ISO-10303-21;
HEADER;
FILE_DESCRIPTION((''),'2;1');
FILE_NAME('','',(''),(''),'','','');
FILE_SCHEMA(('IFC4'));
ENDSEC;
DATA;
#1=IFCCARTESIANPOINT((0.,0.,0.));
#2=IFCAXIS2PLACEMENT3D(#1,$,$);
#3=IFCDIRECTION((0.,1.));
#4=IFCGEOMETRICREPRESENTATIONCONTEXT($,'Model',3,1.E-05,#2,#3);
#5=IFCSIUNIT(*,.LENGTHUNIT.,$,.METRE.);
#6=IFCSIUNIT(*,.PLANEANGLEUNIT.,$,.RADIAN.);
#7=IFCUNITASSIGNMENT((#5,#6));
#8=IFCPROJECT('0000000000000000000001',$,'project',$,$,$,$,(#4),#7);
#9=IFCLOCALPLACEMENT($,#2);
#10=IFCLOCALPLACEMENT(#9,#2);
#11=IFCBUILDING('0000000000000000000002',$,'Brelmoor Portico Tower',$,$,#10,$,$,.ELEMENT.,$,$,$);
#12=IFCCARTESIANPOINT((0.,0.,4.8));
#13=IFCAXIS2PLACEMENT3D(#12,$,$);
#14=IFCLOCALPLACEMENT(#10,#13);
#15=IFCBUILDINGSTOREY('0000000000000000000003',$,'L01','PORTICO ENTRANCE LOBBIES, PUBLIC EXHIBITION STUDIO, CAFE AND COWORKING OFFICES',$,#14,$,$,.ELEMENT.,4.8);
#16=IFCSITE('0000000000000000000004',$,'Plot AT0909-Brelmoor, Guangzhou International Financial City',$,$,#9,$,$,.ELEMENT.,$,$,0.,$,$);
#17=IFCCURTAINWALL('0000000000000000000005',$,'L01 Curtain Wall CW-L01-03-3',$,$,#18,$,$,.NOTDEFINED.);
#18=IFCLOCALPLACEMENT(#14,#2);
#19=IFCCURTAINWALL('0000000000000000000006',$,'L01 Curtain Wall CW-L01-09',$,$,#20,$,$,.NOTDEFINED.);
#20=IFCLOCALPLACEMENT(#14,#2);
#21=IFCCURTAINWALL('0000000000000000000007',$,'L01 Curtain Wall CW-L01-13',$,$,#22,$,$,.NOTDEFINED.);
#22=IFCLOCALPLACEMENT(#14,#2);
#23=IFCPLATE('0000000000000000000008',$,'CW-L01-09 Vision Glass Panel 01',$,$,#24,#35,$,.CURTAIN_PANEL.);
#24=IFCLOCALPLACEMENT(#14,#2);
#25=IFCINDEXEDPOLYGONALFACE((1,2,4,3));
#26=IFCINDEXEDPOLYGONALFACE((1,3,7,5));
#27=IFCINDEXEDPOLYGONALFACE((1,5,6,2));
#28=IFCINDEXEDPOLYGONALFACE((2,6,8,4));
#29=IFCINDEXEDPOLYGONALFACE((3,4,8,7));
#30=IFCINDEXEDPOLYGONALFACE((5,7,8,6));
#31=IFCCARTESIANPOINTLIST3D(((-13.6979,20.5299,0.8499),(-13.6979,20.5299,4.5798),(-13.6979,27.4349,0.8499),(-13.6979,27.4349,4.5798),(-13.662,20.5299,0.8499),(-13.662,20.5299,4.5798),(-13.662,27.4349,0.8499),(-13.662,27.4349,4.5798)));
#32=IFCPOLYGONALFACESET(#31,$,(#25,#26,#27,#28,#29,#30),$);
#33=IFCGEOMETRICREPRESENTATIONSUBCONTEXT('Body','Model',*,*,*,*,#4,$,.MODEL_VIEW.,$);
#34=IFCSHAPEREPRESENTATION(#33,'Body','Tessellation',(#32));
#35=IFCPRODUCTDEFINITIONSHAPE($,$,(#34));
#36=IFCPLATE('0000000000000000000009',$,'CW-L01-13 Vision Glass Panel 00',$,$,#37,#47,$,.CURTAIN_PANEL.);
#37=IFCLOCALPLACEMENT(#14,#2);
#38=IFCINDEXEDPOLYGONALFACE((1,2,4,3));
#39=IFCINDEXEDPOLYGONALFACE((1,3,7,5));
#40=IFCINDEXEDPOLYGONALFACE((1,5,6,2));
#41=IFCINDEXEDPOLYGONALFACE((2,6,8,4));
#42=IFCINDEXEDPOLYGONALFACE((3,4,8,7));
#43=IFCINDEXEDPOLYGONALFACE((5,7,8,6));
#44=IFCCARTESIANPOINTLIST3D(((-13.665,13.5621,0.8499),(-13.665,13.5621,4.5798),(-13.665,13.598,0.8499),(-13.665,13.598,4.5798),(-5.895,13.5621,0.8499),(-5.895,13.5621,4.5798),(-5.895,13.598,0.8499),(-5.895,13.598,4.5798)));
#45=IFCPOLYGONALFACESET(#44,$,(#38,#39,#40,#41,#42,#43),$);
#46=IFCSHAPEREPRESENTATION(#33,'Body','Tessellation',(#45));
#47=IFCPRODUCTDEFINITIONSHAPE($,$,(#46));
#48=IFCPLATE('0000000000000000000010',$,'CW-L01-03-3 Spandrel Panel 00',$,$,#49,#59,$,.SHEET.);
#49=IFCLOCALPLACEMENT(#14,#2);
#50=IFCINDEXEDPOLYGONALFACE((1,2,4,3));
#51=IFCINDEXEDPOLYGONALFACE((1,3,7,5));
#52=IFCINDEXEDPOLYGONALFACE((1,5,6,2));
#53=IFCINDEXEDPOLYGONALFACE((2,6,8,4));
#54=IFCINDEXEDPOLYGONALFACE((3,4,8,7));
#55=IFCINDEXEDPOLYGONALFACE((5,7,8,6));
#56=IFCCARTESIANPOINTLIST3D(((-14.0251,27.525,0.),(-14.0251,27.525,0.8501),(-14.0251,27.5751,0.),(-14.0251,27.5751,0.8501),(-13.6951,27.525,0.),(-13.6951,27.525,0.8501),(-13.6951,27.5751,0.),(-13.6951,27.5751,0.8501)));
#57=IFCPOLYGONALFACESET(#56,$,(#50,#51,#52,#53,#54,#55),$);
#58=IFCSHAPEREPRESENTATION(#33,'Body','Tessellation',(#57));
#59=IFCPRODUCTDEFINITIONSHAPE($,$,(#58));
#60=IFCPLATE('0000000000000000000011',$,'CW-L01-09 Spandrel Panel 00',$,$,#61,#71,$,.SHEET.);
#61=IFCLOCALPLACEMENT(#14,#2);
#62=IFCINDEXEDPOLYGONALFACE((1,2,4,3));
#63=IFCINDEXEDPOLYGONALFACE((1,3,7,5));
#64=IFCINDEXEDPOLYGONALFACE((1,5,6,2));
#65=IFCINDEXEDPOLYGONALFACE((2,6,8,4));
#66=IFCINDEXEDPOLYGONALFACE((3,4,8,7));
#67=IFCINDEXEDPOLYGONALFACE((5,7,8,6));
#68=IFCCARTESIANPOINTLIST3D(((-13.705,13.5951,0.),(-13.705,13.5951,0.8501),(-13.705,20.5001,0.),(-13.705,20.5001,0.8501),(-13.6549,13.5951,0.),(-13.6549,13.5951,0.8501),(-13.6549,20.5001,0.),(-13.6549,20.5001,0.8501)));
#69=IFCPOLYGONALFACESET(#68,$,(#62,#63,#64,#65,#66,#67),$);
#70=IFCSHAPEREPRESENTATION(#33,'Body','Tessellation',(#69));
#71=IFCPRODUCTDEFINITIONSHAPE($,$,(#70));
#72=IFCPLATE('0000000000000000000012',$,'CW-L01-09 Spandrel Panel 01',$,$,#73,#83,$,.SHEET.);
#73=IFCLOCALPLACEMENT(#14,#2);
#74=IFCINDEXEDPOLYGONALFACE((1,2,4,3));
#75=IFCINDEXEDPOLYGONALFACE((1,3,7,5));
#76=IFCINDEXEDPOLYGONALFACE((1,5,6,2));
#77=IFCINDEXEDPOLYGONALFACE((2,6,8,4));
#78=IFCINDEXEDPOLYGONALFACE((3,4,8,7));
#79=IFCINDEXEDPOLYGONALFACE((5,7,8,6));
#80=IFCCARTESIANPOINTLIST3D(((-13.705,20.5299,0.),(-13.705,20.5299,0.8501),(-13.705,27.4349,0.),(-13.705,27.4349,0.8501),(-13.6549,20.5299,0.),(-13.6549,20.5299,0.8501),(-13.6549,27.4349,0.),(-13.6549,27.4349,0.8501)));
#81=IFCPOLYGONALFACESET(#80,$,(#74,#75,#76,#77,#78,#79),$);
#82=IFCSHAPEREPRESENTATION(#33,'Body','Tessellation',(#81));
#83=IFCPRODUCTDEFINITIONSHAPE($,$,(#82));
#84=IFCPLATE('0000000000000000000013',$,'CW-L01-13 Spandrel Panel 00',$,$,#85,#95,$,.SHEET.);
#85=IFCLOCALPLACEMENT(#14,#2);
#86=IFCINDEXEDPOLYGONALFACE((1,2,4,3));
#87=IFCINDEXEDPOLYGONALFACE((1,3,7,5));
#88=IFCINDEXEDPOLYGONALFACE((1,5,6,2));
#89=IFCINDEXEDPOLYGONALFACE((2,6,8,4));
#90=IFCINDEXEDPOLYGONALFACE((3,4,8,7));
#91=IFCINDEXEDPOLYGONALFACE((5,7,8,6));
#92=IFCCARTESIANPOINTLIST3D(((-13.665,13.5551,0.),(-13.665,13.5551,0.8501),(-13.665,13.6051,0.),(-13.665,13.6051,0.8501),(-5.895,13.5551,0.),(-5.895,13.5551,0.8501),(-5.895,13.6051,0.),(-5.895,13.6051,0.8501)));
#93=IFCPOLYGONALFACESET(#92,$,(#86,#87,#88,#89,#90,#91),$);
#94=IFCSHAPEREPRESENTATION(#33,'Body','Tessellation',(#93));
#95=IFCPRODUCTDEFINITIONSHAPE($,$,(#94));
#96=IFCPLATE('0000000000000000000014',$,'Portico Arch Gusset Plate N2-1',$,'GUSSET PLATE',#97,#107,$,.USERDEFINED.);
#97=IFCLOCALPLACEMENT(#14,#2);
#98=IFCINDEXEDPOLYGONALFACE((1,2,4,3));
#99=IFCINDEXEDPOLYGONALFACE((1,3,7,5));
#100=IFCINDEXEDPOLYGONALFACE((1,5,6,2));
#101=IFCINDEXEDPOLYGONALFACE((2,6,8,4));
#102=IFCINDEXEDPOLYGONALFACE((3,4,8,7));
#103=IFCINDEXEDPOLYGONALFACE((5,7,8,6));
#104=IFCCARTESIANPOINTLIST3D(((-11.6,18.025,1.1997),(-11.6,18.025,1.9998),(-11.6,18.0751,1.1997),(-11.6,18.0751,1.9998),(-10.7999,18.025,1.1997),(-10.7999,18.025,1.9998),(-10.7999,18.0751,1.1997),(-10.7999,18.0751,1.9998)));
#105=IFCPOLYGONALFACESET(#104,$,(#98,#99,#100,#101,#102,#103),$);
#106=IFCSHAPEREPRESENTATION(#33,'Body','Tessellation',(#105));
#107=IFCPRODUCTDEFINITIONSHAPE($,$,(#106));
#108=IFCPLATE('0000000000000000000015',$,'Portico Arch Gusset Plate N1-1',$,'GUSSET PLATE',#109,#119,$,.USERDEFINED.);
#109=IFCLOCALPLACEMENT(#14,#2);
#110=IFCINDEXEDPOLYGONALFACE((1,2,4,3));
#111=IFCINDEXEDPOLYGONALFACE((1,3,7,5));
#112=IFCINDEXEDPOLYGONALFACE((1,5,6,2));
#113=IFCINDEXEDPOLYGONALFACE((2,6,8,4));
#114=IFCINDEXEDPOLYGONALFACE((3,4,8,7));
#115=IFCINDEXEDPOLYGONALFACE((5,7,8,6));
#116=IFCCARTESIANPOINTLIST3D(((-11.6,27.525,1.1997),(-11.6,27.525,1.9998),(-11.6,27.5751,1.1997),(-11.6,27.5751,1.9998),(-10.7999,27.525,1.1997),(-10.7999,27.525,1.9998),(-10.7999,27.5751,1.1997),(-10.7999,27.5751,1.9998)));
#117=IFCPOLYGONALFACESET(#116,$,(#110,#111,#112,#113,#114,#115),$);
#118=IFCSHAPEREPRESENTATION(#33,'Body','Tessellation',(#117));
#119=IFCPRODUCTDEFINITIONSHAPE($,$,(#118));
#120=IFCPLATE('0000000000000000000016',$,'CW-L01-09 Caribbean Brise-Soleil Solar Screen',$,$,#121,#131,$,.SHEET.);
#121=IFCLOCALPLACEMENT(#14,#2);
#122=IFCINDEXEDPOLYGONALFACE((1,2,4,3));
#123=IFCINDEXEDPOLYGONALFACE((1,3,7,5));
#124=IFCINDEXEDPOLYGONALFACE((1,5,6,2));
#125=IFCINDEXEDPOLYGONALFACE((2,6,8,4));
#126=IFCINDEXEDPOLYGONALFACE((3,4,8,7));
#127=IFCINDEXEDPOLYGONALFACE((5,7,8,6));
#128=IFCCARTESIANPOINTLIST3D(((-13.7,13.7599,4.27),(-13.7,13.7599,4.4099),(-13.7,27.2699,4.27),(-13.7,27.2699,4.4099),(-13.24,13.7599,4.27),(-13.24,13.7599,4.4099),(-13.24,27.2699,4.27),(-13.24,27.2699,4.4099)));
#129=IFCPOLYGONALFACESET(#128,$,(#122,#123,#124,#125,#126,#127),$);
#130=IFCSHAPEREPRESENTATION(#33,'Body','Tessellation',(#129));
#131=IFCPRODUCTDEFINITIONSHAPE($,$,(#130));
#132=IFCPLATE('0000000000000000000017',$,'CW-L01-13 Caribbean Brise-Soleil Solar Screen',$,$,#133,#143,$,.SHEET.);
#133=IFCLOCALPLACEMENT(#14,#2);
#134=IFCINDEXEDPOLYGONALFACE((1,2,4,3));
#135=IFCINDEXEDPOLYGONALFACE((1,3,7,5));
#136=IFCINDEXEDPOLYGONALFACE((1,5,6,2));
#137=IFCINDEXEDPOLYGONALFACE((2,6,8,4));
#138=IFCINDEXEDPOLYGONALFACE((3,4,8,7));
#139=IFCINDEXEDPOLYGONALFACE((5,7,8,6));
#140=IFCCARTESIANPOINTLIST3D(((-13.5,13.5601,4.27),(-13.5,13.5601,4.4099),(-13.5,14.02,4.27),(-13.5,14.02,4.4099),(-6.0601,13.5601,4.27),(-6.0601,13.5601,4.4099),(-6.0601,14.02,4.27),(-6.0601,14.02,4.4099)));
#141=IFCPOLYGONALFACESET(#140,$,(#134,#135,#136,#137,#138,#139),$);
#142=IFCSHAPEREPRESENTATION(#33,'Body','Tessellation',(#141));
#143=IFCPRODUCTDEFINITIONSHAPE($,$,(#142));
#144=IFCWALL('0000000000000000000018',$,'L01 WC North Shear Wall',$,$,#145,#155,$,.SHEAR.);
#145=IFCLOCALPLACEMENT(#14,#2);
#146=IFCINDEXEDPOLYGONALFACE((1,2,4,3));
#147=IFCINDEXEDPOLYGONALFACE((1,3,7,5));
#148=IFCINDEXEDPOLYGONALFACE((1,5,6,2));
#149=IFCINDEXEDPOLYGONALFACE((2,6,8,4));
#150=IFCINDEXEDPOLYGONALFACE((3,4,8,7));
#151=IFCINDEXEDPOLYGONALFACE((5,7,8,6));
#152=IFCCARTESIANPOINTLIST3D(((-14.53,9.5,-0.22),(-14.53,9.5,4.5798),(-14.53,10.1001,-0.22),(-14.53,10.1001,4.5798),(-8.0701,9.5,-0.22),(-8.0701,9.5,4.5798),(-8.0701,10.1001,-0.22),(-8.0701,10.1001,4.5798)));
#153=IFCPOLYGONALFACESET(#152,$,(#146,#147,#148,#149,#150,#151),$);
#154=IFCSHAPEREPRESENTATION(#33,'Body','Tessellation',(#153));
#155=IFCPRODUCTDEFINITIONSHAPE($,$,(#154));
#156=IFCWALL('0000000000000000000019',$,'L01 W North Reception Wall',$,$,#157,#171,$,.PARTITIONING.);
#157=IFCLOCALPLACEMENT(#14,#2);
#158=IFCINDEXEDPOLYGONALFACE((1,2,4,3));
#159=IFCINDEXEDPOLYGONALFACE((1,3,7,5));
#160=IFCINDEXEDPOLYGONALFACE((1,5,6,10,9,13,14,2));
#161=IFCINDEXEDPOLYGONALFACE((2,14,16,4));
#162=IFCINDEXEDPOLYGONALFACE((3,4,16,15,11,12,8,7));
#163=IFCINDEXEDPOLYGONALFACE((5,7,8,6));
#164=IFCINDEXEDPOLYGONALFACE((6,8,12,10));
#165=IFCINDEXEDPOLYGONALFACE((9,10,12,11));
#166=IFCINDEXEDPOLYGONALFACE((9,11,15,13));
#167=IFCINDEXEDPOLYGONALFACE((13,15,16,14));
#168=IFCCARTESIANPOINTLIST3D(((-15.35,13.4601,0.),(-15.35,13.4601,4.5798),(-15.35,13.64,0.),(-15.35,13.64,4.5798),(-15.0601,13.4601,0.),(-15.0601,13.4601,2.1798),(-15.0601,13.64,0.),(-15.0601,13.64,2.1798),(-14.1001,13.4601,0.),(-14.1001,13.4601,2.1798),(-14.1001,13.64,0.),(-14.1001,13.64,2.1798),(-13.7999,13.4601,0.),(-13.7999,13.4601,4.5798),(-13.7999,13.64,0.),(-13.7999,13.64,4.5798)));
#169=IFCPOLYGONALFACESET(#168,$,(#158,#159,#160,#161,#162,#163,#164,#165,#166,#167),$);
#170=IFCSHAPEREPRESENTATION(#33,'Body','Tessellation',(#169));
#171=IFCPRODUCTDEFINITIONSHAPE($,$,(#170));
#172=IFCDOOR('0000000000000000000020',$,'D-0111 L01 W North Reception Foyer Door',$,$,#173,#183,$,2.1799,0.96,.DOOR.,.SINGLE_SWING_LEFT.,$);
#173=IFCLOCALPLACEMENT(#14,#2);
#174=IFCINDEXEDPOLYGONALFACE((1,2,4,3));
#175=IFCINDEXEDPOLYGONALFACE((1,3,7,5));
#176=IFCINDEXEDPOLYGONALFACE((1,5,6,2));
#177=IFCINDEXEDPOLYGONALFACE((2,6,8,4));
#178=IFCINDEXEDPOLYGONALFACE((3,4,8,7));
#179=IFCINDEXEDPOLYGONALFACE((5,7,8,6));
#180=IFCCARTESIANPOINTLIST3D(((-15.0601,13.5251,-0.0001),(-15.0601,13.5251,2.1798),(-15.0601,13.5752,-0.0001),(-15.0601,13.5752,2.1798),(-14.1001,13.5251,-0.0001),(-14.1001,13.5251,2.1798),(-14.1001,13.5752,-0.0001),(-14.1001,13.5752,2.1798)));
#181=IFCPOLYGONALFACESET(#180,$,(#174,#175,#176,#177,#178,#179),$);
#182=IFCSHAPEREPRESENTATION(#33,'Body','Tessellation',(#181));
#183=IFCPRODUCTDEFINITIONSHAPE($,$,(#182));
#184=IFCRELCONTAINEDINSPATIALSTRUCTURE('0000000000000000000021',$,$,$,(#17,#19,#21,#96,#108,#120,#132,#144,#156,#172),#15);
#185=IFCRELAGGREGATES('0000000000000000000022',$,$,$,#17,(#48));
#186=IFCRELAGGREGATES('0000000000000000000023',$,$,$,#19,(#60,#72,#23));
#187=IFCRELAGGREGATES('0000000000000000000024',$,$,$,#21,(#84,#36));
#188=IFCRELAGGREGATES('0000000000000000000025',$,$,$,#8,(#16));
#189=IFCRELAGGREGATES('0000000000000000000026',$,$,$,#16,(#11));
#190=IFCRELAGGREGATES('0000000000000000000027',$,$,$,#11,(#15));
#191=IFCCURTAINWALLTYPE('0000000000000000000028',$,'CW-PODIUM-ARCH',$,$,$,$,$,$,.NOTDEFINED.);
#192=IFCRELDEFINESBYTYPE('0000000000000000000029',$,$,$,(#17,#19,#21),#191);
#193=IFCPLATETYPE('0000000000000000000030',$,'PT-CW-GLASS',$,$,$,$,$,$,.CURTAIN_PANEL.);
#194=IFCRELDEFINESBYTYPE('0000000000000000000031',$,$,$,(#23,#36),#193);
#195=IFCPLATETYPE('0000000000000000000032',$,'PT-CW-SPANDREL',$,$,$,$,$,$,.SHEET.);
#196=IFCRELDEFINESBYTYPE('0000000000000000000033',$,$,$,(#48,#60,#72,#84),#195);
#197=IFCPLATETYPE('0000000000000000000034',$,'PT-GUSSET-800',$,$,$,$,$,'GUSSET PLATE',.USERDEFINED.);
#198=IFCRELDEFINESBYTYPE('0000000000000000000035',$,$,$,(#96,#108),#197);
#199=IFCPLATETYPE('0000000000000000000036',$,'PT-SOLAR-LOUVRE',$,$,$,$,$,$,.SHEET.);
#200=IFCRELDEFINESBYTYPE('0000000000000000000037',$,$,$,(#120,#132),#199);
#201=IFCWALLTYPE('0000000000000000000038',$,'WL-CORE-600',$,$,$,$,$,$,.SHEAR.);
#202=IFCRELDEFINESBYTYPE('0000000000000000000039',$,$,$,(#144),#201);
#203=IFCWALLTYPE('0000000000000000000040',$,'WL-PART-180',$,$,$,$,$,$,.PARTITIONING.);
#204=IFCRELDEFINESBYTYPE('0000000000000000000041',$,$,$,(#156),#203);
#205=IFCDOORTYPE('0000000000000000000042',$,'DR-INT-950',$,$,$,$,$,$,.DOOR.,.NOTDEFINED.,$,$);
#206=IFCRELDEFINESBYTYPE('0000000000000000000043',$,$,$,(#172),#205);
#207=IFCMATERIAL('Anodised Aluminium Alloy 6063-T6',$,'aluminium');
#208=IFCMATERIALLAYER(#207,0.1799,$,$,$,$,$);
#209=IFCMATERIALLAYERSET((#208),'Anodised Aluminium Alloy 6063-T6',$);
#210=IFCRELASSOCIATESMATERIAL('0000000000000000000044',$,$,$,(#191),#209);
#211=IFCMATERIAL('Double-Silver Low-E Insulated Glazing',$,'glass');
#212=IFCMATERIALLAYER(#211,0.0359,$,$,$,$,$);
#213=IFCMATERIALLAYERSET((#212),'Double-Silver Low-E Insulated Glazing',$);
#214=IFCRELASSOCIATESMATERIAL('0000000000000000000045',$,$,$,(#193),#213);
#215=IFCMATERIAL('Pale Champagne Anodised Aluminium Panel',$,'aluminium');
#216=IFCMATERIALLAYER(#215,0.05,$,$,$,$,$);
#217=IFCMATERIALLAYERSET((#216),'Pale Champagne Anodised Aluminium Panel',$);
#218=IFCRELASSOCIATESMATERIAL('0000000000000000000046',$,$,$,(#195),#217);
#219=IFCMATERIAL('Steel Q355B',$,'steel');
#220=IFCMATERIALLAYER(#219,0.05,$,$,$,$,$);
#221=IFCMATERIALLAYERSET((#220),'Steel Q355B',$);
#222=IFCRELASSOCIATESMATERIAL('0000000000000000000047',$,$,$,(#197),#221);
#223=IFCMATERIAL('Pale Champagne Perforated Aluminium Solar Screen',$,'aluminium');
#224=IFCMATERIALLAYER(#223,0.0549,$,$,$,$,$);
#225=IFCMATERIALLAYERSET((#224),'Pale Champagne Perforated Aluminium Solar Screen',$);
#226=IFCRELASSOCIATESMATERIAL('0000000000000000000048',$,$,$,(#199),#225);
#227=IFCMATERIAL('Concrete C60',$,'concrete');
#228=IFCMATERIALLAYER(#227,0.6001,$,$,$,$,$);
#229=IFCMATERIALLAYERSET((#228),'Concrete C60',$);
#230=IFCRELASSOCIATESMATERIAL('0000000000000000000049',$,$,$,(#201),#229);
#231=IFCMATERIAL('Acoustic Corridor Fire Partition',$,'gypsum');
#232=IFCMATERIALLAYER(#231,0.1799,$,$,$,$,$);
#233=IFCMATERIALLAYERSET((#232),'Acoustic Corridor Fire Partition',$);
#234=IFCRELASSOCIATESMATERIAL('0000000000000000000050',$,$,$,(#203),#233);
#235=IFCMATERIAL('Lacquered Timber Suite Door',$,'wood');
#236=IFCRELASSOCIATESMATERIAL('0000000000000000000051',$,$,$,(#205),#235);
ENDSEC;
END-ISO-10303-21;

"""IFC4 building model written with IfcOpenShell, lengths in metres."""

from ifc_helpers import new_model, si_unit, direction, frame, frame_2d, origin, origin_2d, place, context, subcontext, project, spatial, rectangle, extrude, material, layer, layer_set, type_object, element, fill, aggregate, save


model = new_model("IFC4")

# Units and contexts
model_context = context("Model", 3, precision=1e-05, world=origin(), true_north=direction((0.0, 1.0)))
body_context = subcontext(model_context, "Body", "Model", "MODEL_VIEW")
ifc_project = project(units=[si_unit("LENGTHUNIT", "METRE"), si_unit("PLANEANGLEUNIT", "RADIAN")], contexts=[model_context])

# Site, building, storey
site_placement = place(None, origin())
site = spatial("IfcSite", under=ifc_project, at=site_placement, Name="Plot AT0909-Brelmoor, Guangzhou International Financial City", CompositionType="ELEMENT", RefElevation=0.0)
building_placement = place(site_placement, origin())
building = spatial("IfcBuilding", under=site, at=building_placement, Name="Brelmoor Portico Tower", CompositionType="ELEMENT")
storey_placement = place(building_placement, frame((0.0, 0.0, 4.8)))
storey = spatial("IfcBuildingStorey", under=building, at=storey_placement, Name="L01", Description="PORTICO ENTRANCE LOBBIES, PUBLIC EXHIBITION STUDIO, CAFE AND COWORKING OFFICES", CompositionType="ELEMENT", Elevation=4.8)

# Shared definitions
ifc_material_1 = material(Name="Steel Q355B", Category="steel")

# Curtain walls
ifc_material_2 = material(Name="Anodised Aluminium Alloy 6063-T6", Category="aluminium")
ifc_layer_1 = layer(ifc_material_2, 0.1799)
ifc_layer_set_1 = layer_set([ifc_layer_1], Name="Anodised Aluminium Alloy 6063-T6")
curtain_wall_type = type_object("IfcCurtainWallType", Name="CW-PODIUM-ARCH", PredefinedType="NOTDEFINED", material=ifc_layer_set_1)
curtain_wall_1_placement = place(storey_placement, origin())
curtain_wall_1 = element("IfcCurtainWall", 1, at=curtain_wall_1_placement, inside=storey, type_object=curtain_wall_type, Name="L01 Curtain Wall CW-L01-03-3", PredefinedType="NOTDEFINED")
curtain_wall_2_placement = place(storey_placement, origin())
curtain_wall_2 = element("IfcCurtainWall", 2, at=curtain_wall_2_placement, inside=storey, type_object=curtain_wall_type, Name="L01 Curtain Wall CW-L01-09", PredefinedType="NOTDEFINED")
curtain_wall_3_placement = place(storey_placement, origin())
curtain_wall_3 = element("IfcCurtainWall", 3, at=curtain_wall_3_placement, inside=storey, type_object=curtain_wall_type, Name="L01 Curtain Wall CW-L01-13", PredefinedType="NOTDEFINED")

# Plates
ifc_material_3 = material(Name="Double-Silver Low-E Insulated Glazing", Category="glass")
ifc_layer_2 = layer(ifc_material_3, 0.0359)
ifc_layer_set_2 = layer_set([ifc_layer_2], Name="Double-Silver Low-E Insulated Glazing")
plate_type_1 = type_object("IfcPlateType", Name="PT-CW-GLASS", PredefinedType="CURTAIN_PANEL", material=ifc_layer_set_2)
plate_1_placement = place(storey_placement, frame((-13.6799, 23.9824, 0.8499), z_axis=(0.0, 0.0, 1.0), x_axis=(0.0, 1.0, 0.0)))
plate_1 = element("IfcPlate", 4, at=plate_1_placement, type_object=plate_type_1, Name="CW-L01-09 Vision Glass Panel 01", PredefinedType="CURTAIN_PANEL", context=body_context, shape_type="SweptSolid", body=[
    extrude(rectangle(XDim=6.905, YDim=0.0359, at=origin_2d()), origin(), (0.0, 0.0, 1.0), 3.73),
])
plate_2_placement = place(storey_placement, frame((-9.78, 13.5801, 0.8499), z_axis=(0.0, 0.0, 1.0), x_axis=(1.0, 0.0, 0.0)))
plate_2 = element("IfcPlate", 5, at=plate_2_placement, type_object=plate_type_1, Name="CW-L01-13 Vision Glass Panel 00", PredefinedType="CURTAIN_PANEL", context=body_context, shape_type="SweptSolid", body=[
    extrude(rectangle(XDim=7.77, YDim=0.0359, at=origin_2d()), origin(), (0.0, 0.0, 1.0), 3.73),
])
ifc_material_4 = material(Name="Pale Champagne Anodised Aluminium Panel", Category="aluminium")
ifc_layer_3 = layer(ifc_material_4, 0.05)
ifc_layer_set_3 = layer_set([ifc_layer_3], Name="Pale Champagne Anodised Aluminium Panel")
plate_type_2 = type_object("IfcPlateType", Name="PT-CW-SPANDREL", PredefinedType="SHEET", material=ifc_layer_set_3)
plate_3_placement = place(storey_placement, frame((-13.8601, 27.55, 0.0), z_axis=(0.0, 0.0, 1.0), x_axis=(1.0, 0.0, 0.0)))
plate_3 = element("IfcPlate", 6, at=plate_3_placement, type_object=plate_type_2, Name="CW-L01-03-3 Spandrel Panel 00", PredefinedType="SHEET", context=body_context, shape_type="SweptSolid", body=[
    extrude(rectangle(XDim=0.3301, YDim=0.05, at=origin_2d()), origin(), (0.0, 0.0, 1.0), 0.8501),
])
aggregate(curtain_wall_1, [plate_3])
plate_4_placement = place(storey_placement, frame((-13.6799, 17.0476, 0.0), z_axis=(0.0, 0.0, 1.0), x_axis=(0.0, 1.0, 0.0)))
plate_4 = element("IfcPlate", 7, at=plate_4_placement, type_object=plate_type_2, Name="CW-L01-09 Spandrel Panel 00", PredefinedType="SHEET", context=body_context, shape_type="SweptSolid", body=[
    extrude(rectangle(XDim=6.905, YDim=0.05, at=origin_2d()), origin(), (0.0, 0.0, 1.0), 0.8501),
])
plate_5_placement = place(storey_placement, frame((-13.6799, 23.9824, 0.0), z_axis=(0.0, 0.0, 1.0), x_axis=(0.0, 1.0, 0.0)))
plate_5 = element("IfcPlate", 8, at=plate_5_placement, type_object=plate_type_2, Name="CW-L01-09 Spandrel Panel 01", PredefinedType="SHEET", context=body_context, shape_type="SweptSolid", body=[
    extrude(rectangle(XDim=6.905, YDim=0.05, at=origin_2d()), origin(), (0.0, 0.0, 1.0), 0.8501),
])
aggregate(curtain_wall_2, [plate_4, plate_5, plate_1])
plate_6_placement = place(storey_placement, frame((-9.78, 13.5801, 0.0), z_axis=(0.0, 0.0, 1.0), x_axis=(1.0, 0.0, 0.0)))
plate_6 = element("IfcPlate", 9, at=plate_6_placement, type_object=plate_type_2, Name="CW-L01-13 Spandrel Panel 00", PredefinedType="SHEET", context=body_context, shape_type="SweptSolid", body=[
    extrude(rectangle(XDim=7.77, YDim=0.05, at=origin_2d()), origin(), (0.0, 0.0, 1.0), 0.8501),
])
aggregate(curtain_wall_3, [plate_6, plate_2])

# Plates
ifc_layer_4 = layer(ifc_material_1, 0.05)
ifc_layer_set_4 = layer_set([ifc_layer_4], Name="Steel Q355B")
plate_type_3 = type_object("IfcPlateType", Name="PT-GUSSET-800", ElementType="GUSSET PLATE", PredefinedType="USERDEFINED", material=ifc_layer_set_4)
for number, where, z_axis, x_axis, name in (
    (10, (-11.2, 18.05, 1.1997), (0.0, 0.0, 1.0), (1.0, 0.0, 0.0), "Portico Arch Gusset Plate N2-1"),
    (11, (-11.2, 27.55, 1.1997), (0.0, 0.0, 1.0), (1.0, 0.0, 0.0), "Portico Arch Gusset Plate N1-1"),
):
    element("IfcPlate", number, at=place(storey_placement, frame(where, z_axis=z_axis, x_axis=x_axis)), inside=storey, type_object=plate_type_3, Name=name, ObjectType="GUSSET PLATE", PredefinedType="USERDEFINED", context=body_context, shape_type="SweptSolid", body=[
        extrude(rectangle(XDim=0.8, YDim=0.05, at=origin_2d()), origin(), (0.0, 0.0, 1.0), 0.8),
    ])
ifc_material_5 = material(Name="Pale Champagne Perforated Aluminium Solar Screen", Category="aluminium")
ifc_layer_5 = layer(ifc_material_5, 0.0549)
ifc_layer_set_5 = layer_set([ifc_layer_5], Name="Pale Champagne Perforated Aluminium Solar Screen")
plate_type_4 = type_object("IfcPlateType", Name="PT-SOLAR-LOUVRE", PredefinedType="SHEET", material=ifc_layer_set_5)
plate_7_placement = place(storey_placement, frame((-13.47, 20.5149, 4.27), z_axis=(0.0, 0.0, 1.0), x_axis=(0.0, 1.0, 0.0)))
element("IfcPlate", 12, at=plate_7_placement, inside=storey, type_object=plate_type_4, Name="CW-L01-09 Caribbean Brise-Soleil Solar Screen", PredefinedType="SHEET", context=body_context, shape_type="SweptSolid", body=[
    extrude(rectangle(XDim=13.51, YDim=0.46, at=origin_2d()), origin(), (0.0, 0.0, 1.0), 0.1399),
])
plate_8_placement = place(storey_placement, frame((-9.78, 13.79, 4.27), z_axis=(0.0, 0.0, 1.0), x_axis=(1.0, 0.0, 0.0)))
element("IfcPlate", 13, at=plate_8_placement, inside=storey, type_object=plate_type_4, Name="CW-L01-13 Caribbean Brise-Soleil Solar Screen", PredefinedType="SHEET", context=body_context, shape_type="SweptSolid", body=[
    extrude(rectangle(XDim=7.4399, YDim=0.46, at=origin_2d()), origin(), (0.0, 0.0, 1.0), 0.1399),
])

# Wall
ifc_material_6 = material(Name="Concrete C60", Category="concrete")
ifc_layer_6 = layer(ifc_material_6, 0.6001)
ifc_layer_set_6 = layer_set([ifc_layer_6], Name="Concrete C60")
wall_type_1 = type_object("IfcWallType", Name="WL-CORE-600", PredefinedType="SHEAR", material=ifc_layer_set_6)
wall_1_placement = place(storey_placement, frame((-14.53, 9.8, -0.22), z_axis=(0.0, 0.0, 1.0), x_axis=(1.0, 0.0, 0.0)))
element("IfcWall", 14, at=wall_1_placement, inside=storey, type_object=wall_type_1, Name="L01 WC North Shear Wall", PredefinedType="SHEAR", context=body_context, shape_type="SweptSolid", body=[
    extrude(rectangle(XDim=6.46, YDim=0.6001, at=frame_2d((3.23, 0.0))), origin(), (0.0, 0.0, 1.0), 4.7998),
])

# Wall, opening, door
ifc_material_7 = material(Name="Acoustic Corridor Fire Partition", Category="gypsum")
ifc_layer_7 = layer(ifc_material_7, 0.1799)
ifc_layer_set_7 = layer_set([ifc_layer_7], Name="Acoustic Corridor Fire Partition")
wall_type_2 = type_object("IfcWallType", Name="WL-PART-180", PredefinedType="PARTITIONING", material=ifc_layer_set_7)
wall_2_placement = place(storey_placement, frame((-13.8, 13.55, 0.0), z_axis=(0.0, 0.0, 1.0), x_axis=(-1.0, 0.0, 0.0)))
wall_2 = element("IfcWall", 15, at=wall_2_placement, inside=storey, type_object=wall_type_2, Name="L01 W North Reception Wall", PredefinedType="PARTITIONING", context=body_context, shape_type="SweptSolid", body=[
    extrude(rectangle(XDim=1.55, YDim=0.1799, at=frame_2d((0.7749, 0.0))), origin(), (0.0, 0.0, 1.0), 4.5798),
])
opening_placement = place(wall_2_placement, frame((0.3, 0.0, 0.0)))
opening = element("IfcOpeningElement", 16, at=opening_placement, cuts=wall_2, PredefinedType="OPENING", context=body_context, shape_type="SweptSolid", body=[
    extrude(rectangle(XDim=0.96, YDim=2.1799, at=frame_2d((0.48, 1.0898))), frame((0.0, 0.0999, 0.0), z_axis=(0.0, -1.0, 0.0), x_axis=(1.0, 0.0, 0.0)), (0.0, 0.0, 1.0), 0.2),
])
ifc_material_8 = material(Name="Lacquered Timber Suite Door", Category="wood")
door_type = type_object("IfcDoorType", Name="DR-INT-950", OperationType="NOTDEFINED", PredefinedType="DOOR", material=ifc_material_8)
door_placement = place(opening_placement, origin())
door = element("IfcDoor", 17, at=door_placement, inside=storey, type_object=door_type, Name="D-0111 L01 W North Reception Foyer Door", OperationType="SINGLE_SWING_LEFT", OverallHeight=2.1799, OverallWidth=0.96, PredefinedType="DOOR", context=body_context, shape_type="SweptSolid", body=[
    extrude(rectangle(XDim=0.96, YDim=2.1799, at=frame_2d((0.48, 1.0898))), frame((0.0, 0.0249, 0.0), z_axis=(0.0, -1.0, 0.0), x_axis=(1.0, 0.0, 0.0)), (0.0, 0.0, 1.0), 0.05),
])
fill(opening, door)

save(model, "model.ifc")
